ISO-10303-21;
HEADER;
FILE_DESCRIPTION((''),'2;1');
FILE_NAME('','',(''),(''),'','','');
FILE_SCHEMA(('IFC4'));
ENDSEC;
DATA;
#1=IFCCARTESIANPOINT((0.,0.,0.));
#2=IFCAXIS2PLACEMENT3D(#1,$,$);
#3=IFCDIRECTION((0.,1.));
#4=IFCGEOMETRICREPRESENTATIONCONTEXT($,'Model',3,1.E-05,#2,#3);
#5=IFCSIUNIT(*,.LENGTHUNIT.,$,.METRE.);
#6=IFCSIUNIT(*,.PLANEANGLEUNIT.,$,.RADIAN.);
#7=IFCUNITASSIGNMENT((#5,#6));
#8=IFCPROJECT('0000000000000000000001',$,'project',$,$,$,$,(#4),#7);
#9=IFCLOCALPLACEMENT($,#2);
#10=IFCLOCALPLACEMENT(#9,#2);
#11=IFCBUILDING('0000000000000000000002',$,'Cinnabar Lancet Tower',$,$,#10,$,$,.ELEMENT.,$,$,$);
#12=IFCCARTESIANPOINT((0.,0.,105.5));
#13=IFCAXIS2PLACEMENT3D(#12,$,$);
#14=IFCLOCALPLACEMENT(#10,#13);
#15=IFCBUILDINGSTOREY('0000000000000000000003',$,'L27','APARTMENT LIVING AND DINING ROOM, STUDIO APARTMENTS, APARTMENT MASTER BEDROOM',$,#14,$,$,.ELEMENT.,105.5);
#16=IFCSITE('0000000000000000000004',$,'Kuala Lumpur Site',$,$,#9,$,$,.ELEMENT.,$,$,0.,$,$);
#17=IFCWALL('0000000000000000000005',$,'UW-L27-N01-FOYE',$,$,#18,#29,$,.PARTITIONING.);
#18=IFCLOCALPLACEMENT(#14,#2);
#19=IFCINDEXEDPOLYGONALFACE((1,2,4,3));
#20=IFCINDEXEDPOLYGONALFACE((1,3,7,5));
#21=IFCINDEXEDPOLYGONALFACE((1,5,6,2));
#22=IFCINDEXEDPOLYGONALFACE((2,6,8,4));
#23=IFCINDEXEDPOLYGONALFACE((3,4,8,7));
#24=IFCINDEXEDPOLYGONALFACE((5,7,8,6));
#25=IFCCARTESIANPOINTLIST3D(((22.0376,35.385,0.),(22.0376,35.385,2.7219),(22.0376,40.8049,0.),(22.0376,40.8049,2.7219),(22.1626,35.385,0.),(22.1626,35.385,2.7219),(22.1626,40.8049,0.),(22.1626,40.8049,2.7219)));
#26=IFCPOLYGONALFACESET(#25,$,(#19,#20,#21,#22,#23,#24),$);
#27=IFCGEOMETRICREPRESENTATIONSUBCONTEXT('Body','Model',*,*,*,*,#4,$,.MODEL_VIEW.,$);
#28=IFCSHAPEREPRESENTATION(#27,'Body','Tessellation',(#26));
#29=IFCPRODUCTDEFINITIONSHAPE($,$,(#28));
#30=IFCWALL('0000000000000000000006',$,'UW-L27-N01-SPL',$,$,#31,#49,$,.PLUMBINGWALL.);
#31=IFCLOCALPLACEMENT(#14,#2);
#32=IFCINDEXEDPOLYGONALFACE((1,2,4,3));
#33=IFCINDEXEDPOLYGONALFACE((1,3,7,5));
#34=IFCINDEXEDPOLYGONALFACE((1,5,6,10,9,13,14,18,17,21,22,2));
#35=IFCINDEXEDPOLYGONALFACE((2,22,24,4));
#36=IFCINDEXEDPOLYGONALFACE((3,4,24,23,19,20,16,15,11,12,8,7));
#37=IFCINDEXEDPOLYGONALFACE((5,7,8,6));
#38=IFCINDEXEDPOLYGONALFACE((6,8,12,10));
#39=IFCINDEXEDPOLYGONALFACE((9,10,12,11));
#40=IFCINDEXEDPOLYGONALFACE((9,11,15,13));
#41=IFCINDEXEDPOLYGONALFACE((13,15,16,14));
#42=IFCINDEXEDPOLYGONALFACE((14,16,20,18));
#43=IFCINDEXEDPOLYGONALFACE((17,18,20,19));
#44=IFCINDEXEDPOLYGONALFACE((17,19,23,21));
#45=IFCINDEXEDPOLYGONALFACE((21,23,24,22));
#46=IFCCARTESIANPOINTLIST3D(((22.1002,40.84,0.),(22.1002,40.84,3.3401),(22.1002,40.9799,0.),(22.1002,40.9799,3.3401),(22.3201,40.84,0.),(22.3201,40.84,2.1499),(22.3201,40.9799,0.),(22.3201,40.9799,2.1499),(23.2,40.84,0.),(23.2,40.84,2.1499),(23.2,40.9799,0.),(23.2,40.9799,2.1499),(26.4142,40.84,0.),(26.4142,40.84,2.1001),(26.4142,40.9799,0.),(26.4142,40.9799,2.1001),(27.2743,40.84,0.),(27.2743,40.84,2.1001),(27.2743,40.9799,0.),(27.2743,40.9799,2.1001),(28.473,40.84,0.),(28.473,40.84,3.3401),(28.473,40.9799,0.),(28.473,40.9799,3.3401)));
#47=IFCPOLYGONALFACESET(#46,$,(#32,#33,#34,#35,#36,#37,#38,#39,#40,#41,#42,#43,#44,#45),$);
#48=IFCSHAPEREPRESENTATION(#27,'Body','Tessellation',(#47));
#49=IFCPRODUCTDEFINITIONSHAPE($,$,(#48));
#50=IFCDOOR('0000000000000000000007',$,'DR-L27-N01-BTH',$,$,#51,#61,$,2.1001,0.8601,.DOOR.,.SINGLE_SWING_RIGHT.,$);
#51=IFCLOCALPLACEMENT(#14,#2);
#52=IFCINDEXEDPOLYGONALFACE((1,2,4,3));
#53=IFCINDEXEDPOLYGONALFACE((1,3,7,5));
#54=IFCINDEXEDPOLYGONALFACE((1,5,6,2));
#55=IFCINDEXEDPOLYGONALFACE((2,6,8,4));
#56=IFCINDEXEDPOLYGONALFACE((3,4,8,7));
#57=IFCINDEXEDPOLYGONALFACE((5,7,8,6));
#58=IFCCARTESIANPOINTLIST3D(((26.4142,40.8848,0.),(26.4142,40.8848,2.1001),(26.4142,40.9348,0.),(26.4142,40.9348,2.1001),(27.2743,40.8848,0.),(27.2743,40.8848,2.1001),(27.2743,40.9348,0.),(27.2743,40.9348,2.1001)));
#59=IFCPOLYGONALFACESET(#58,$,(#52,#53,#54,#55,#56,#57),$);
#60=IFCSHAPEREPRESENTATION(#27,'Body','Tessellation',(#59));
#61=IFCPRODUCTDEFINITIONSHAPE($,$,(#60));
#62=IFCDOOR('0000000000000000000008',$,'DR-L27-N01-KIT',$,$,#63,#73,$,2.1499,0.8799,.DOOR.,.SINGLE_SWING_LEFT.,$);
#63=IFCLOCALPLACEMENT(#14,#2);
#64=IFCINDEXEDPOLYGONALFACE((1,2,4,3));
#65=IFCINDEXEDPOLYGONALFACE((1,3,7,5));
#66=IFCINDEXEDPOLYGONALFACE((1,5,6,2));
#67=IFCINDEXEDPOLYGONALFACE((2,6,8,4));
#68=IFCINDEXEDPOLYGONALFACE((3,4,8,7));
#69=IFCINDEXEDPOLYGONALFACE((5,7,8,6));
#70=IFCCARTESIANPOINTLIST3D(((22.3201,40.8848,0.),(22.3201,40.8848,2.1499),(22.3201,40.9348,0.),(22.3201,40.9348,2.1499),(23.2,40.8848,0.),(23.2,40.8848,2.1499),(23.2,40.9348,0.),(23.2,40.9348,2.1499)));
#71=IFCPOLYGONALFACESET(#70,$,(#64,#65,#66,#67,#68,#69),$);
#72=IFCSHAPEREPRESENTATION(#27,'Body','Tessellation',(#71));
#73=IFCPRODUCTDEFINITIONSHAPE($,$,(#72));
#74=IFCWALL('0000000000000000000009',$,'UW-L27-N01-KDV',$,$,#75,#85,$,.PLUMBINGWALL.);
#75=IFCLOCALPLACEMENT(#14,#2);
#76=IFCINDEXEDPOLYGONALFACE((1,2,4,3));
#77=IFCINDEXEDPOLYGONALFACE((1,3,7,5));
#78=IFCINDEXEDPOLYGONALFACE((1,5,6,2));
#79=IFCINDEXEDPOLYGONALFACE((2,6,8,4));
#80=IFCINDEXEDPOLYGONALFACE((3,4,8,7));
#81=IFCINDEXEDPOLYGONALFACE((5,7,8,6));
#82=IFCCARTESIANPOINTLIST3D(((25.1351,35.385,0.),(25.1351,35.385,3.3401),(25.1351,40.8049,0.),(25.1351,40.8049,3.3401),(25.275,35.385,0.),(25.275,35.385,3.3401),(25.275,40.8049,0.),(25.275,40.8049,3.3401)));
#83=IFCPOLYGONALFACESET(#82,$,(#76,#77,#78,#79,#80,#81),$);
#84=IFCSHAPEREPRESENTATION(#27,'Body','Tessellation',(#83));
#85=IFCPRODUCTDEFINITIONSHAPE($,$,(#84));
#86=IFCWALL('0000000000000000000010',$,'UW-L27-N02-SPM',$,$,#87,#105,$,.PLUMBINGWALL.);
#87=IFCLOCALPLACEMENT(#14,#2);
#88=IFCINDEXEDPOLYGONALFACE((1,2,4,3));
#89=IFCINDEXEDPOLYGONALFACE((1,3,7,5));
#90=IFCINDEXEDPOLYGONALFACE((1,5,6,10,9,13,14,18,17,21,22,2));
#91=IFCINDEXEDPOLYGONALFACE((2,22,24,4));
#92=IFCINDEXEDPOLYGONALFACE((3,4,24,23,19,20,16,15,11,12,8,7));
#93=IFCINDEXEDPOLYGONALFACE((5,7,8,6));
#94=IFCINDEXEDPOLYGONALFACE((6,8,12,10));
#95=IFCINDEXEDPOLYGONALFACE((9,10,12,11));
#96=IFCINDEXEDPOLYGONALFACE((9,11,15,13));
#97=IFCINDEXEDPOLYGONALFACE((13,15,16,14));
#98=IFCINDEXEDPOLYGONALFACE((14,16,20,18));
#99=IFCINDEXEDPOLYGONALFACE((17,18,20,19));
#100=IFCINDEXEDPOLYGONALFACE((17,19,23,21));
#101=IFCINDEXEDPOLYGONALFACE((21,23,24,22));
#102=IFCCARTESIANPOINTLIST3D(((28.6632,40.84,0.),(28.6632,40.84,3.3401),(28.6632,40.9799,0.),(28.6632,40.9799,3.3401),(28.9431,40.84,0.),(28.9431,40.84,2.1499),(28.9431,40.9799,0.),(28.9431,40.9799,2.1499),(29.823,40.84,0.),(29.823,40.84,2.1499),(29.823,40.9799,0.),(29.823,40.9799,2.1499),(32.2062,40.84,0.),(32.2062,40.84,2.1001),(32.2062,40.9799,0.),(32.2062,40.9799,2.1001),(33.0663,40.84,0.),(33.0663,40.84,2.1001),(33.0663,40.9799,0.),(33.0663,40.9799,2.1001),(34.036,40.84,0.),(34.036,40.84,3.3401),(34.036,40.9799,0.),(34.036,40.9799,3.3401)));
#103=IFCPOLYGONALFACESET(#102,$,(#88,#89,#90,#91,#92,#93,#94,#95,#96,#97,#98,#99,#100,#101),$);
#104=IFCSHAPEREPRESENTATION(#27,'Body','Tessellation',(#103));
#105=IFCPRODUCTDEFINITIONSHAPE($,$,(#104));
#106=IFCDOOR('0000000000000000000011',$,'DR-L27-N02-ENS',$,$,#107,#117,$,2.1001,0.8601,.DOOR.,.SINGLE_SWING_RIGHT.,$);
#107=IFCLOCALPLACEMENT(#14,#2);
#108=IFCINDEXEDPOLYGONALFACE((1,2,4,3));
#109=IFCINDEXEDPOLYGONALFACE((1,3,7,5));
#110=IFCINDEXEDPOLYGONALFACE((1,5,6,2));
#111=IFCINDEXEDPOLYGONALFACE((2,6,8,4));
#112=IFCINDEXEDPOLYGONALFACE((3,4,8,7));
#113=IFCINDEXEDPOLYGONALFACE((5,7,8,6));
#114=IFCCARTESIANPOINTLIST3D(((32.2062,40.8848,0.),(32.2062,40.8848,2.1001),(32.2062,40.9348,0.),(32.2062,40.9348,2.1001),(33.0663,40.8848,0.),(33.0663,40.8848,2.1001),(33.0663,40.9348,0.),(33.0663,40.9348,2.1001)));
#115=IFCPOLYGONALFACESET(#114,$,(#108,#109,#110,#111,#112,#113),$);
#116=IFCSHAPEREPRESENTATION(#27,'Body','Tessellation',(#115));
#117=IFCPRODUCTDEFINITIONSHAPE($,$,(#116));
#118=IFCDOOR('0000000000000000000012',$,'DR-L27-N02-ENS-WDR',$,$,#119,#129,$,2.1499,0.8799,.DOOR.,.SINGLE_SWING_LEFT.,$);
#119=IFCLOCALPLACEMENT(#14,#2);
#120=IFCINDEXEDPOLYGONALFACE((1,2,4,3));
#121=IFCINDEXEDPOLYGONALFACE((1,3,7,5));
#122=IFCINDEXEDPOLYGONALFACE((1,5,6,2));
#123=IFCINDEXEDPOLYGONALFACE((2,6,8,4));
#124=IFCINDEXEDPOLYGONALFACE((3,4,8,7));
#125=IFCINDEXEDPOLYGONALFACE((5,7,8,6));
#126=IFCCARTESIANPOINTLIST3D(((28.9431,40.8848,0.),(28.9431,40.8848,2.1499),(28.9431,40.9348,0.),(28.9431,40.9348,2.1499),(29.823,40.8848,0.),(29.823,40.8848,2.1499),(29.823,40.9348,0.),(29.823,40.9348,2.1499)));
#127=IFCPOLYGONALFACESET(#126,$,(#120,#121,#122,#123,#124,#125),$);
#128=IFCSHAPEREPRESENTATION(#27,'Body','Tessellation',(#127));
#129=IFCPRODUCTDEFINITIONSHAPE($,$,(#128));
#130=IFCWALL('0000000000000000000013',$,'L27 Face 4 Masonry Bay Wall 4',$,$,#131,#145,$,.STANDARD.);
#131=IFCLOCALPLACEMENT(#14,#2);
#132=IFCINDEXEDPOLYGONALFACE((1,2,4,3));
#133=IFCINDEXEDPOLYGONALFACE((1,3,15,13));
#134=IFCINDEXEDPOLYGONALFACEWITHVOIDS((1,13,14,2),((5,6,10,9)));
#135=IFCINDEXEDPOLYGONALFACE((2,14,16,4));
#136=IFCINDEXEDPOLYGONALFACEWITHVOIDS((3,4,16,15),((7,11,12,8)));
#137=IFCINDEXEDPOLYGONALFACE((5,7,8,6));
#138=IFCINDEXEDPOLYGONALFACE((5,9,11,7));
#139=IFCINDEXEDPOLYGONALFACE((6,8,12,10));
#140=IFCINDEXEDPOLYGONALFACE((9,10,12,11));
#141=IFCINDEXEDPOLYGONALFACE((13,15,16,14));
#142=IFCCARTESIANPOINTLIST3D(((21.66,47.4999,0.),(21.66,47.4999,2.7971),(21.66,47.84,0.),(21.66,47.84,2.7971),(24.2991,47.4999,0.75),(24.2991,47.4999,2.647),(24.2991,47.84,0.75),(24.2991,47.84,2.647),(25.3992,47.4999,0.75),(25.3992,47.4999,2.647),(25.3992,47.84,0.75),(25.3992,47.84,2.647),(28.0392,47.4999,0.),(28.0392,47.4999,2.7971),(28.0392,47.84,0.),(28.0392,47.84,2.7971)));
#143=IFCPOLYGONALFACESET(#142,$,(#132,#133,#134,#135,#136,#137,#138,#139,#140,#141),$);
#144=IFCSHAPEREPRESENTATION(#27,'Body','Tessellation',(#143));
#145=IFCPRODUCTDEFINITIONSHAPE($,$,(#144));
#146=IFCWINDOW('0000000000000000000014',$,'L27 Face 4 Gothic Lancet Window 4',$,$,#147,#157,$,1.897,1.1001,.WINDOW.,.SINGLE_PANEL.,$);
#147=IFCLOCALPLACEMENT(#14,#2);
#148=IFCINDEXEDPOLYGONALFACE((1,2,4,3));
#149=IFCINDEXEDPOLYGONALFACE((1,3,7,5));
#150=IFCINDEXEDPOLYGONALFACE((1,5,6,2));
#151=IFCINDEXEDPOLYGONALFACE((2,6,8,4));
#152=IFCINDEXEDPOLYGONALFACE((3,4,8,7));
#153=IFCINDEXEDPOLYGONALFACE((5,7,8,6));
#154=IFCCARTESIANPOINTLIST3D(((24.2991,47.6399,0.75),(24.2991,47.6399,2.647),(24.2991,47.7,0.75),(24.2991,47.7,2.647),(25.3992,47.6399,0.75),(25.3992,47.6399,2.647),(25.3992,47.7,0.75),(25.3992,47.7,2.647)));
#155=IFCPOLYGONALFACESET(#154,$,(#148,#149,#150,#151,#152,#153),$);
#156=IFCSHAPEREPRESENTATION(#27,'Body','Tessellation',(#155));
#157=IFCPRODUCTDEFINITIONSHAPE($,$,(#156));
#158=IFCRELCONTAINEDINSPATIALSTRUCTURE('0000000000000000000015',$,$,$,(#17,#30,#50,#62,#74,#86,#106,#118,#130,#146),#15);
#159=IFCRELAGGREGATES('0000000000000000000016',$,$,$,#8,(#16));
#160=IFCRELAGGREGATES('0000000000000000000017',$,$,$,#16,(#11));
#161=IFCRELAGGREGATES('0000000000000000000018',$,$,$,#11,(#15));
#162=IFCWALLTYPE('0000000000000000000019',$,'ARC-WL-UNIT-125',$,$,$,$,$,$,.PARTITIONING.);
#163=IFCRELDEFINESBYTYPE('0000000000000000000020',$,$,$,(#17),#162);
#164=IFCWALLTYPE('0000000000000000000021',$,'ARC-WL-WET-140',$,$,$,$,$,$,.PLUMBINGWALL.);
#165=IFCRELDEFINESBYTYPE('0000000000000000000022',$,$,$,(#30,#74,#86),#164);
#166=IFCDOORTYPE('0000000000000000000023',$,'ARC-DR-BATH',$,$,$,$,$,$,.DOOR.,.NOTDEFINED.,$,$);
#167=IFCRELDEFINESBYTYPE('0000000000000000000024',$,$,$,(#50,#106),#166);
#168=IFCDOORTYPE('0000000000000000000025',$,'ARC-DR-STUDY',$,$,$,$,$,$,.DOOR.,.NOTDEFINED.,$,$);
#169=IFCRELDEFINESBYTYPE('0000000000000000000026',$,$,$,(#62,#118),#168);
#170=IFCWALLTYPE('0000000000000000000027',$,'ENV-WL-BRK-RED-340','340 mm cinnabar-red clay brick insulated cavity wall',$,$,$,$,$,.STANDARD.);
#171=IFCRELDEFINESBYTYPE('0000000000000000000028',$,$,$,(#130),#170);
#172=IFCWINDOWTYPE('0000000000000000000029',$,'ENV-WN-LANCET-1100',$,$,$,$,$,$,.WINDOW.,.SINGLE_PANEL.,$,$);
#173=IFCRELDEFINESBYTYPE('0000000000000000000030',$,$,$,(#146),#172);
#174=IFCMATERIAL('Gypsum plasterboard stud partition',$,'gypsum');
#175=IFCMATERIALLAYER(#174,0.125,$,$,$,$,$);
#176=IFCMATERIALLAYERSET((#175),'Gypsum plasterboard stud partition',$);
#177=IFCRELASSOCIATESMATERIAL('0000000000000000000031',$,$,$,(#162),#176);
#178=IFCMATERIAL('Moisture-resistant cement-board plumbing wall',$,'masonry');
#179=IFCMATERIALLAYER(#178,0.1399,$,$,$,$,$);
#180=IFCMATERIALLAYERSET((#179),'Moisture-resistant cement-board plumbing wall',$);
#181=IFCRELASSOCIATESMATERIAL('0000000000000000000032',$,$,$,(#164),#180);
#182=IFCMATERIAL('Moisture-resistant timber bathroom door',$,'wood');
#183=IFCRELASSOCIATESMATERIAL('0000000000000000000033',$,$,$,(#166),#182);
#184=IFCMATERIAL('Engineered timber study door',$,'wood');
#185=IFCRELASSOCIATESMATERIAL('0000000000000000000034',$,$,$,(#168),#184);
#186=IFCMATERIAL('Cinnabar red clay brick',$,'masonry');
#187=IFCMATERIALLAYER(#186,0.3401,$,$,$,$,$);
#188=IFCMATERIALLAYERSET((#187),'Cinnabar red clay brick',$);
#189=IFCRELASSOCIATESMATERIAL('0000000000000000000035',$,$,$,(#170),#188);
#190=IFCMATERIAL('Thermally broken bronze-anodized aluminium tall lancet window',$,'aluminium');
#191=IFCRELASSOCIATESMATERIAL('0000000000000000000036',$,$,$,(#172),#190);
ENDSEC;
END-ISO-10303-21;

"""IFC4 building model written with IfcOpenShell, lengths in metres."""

from ifc_helpers import new_model, si_unit, direction, frame, frame_2d, origin, place, context, subcontext, project, spatial, rectangle, extrude, material, layer, layer_set, type_object, element, fill, save


model = new_model("IFC4")

# Units and contexts
model_context = context("Model", 3, precision=1e-05, world=origin(), true_north=direction((0.0, 1.0)))
body_context = subcontext(model_context, "Body", "Model", "MODEL_VIEW")
ifc_project = project(units=[si_unit("LENGTHUNIT", "METRE"), si_unit("PLANEANGLEUNIT", "RADIAN")], contexts=[model_context])

# Site, building, storey
site_placement = place(None, origin())
site = spatial("IfcSite", under=ifc_project, at=site_placement, Name="Kuala Lumpur Site", CompositionType="ELEMENT", RefElevation=0.0)
building_placement = place(site_placement, origin())
building = spatial("IfcBuilding", under=site, at=building_placement, Name="Cinnabar Lancet Tower", CompositionType="ELEMENT")
storey_placement = place(building_placement, frame((0.0, 0.0, 105.5)))
storey = spatial("IfcBuildingStorey", under=building, at=storey_placement, Name="L27", Description="APARTMENT LIVING AND DINING ROOM, STUDIO APARTMENTS, APARTMENT MASTER BEDROOM", CompositionType="ELEMENT", Elevation=105.5)

# Wall
ifc_material_1 = material(Name="Gypsum plasterboard stud partition", Category="gypsum")
ifc_layer_1 = layer(ifc_material_1, 0.125)
ifc_layer_set_1 = layer_set([ifc_layer_1], Name="Gypsum plasterboard stud partition")
wall_type_1 = type_object("IfcWallType", Name="ARC-WL-UNIT-125", PredefinedType="PARTITIONING", material=ifc_layer_set_1)
wall_1_placement = place(storey_placement, frame((22.1001, 35.385, 0.0), z_axis=(0.0, 0.0, 1.0), x_axis=(0.0, 1.0, 0.0)))
element("IfcWall", 1, at=wall_1_placement, inside=storey, type_object=wall_type_1, Name="UW-L27-N01-FOYE", PredefinedType="PARTITIONING", context=body_context, shape_type="SweptSolid", body=[
    extrude(rectangle(XDim=5.4199, YDim=0.125, at=frame_2d((2.71, 0.0))), origin(), (0.0, 0.0, 1.0), 2.7219),
])

# Wall, openings, doors
ifc_material_2 = material(Name="Moisture-resistant cement-board plumbing wall", Category="masonry")
ifc_layer_2 = layer(ifc_material_2, 0.1399)
ifc_layer_set_2 = layer_set([ifc_layer_2], Name="Moisture-resistant cement-board plumbing wall")
wall_type_2 = type_object("IfcWallType", Name="ARC-WL-WET-140", PredefinedType="PLUMBINGWALL", material=ifc_layer_set_2)
wall_2_placement = place(storey_placement, frame((22.1001, 40.9099, 0.0), z_axis=(0.0, 0.0, 1.0), x_axis=(1.0, 0.0, 0.0)))
wall_2 = element("IfcWall", 2, at=wall_2_placement, inside=storey, type_object=wall_type_2, Name="UW-L27-N01-SPL", PredefinedType="PLUMBINGWALL", context=body_context, shape_type="SweptSolid", body=[
    extrude(rectangle(XDim=6.3728, YDim=0.1399, at=frame_2d((3.1865, 0.0))), origin(), (0.0, 0.0, 1.0), 3.3401),
])
opening_1_placement = place(wall_2_placement, frame((4.314, 0.0, 0.0)))
opening_1 = element("IfcOpeningElement", 3, at=opening_1_placement, cuts=wall_2, PredefinedType="OPENING", context=body_context, shape_type="SweptSolid", body=[
    extrude(rectangle(XDim=0.8601, YDim=2.1001, at=frame_2d((0.4302, 1.05))), frame((0.0, 0.0798, 0.0), z_axis=(0.0, -1.0, 0.0), x_axis=(1.0, 0.0, 0.0)), (0.0, 0.0, 1.0), 0.1599),
])
opening_2_placement = place(wall_2_placement, frame((0.22, 0.0, 0.0)))
opening_2 = element("IfcOpeningElement", 4, at=opening_2_placement, cuts=wall_2, PredefinedType="OPENING", context=body_context, shape_type="SweptSolid", body=[
    extrude(rectangle(XDim=0.8799, YDim=2.1499, at=frame_2d((0.4399, 1.075))), frame((0.0, 0.0798, 0.0), z_axis=(0.0, -1.0, 0.0), x_axis=(1.0, 0.0, 0.0)), (0.0, 0.0, 1.0), 0.1599),
])
ifc_material_3 = material(Name="Moisture-resistant timber bathroom door", Category="wood")
door_type_1 = type_object("IfcDoorType", Name="ARC-DR-BATH", OperationType="NOTDEFINED", PredefinedType="DOOR", material=ifc_material_3)
door_1_placement = place(opening_1_placement, origin())
door_1 = element("IfcDoor", 5, at=door_1_placement, inside=storey, type_object=door_type_1, Name="DR-L27-N01-BTH", OperationType="SINGLE_SWING_RIGHT", OverallHeight=2.1001, OverallWidth=0.8601, PredefinedType="DOOR", context=body_context, shape_type="SweptSolid", body=[
    extrude(rectangle(XDim=0.8601, YDim=2.1001, at=frame_2d((0.4302, 1.05))), frame((0.0, 0.0249, 0.0), z_axis=(0.0, -1.0, 0.0), x_axis=(1.0, 0.0, 0.0)), (0.0, 0.0, 1.0), 0.05),
])
fill(opening_1, door_1)
ifc_material_4 = material(Name="Engineered timber study door", Category="wood")
door_type_2 = type_object("IfcDoorType", Name="ARC-DR-STUDY", OperationType="NOTDEFINED", PredefinedType="DOOR", material=ifc_material_4)
door_2_placement = place(opening_2_placement, origin())
door_2 = element("IfcDoor", 6, at=door_2_placement, inside=storey, type_object=door_type_2, Name="DR-L27-N01-KIT", OperationType="SINGLE_SWING_LEFT", OverallHeight=2.1499, OverallWidth=0.8799, PredefinedType="DOOR", context=body_context, shape_type="SweptSolid", body=[
    extrude(rectangle(XDim=0.8799, YDim=2.1499, at=frame_2d((0.4399, 1.075))), frame((0.0, 0.0249, 0.0), z_axis=(0.0, -1.0, 0.0), x_axis=(1.0, 0.0, 0.0)), (0.0, 0.0, 1.0), 0.05),
])
fill(opening_2, door_2)

# Wall
wall_3_placement = place(storey_placement, frame((25.2051, 35.385, 0.0), z_axis=(0.0, 0.0, 1.0), x_axis=(0.0, 1.0, 0.0)))
element("IfcWall", 7, at=wall_3_placement, inside=storey, type_object=wall_type_2, Name="UW-L27-N01-KDV", PredefinedType="PLUMBINGWALL", context=body_context, shape_type="SweptSolid", body=[
    extrude(rectangle(XDim=5.4199, YDim=0.1399, at=frame_2d((2.71, 0.0))), origin(), (0.0, 0.0, 1.0), 3.3401),
])

# Wall, openings, doors
wall_4_placement = place(storey_placement, frame((28.6631, 40.9099, 0.0), z_axis=(0.0, 0.0, 1.0), x_axis=(1.0, 0.0, 0.0)))
wall_4 = element("IfcWall", 8, at=wall_4_placement, inside=storey, type_object=wall_type_2, Name="UW-L27-N02-SPM", PredefinedType="PLUMBINGWALL", context=body_context, shape_type="SweptSolid", body=[
    extrude(rectangle(XDim=5.3728, YDim=0.1399, at=frame_2d((2.6865, 0.0))), origin(), (0.0, 0.0, 1.0), 3.3401),
])
opening_3_placement = place(wall_4_placement, frame((0.28, 0.0, 0.0)))
opening_3 = element("IfcOpeningElement", 9, at=opening_3_placement, cuts=wall_4, PredefinedType="OPENING", context=body_context, shape_type="SweptSolid", body=[
    extrude(rectangle(XDim=0.8799, YDim=2.1499, at=frame_2d((0.4399, 1.075))), frame((0.0, 0.0798, 0.0), z_axis=(0.0, -1.0, 0.0), x_axis=(1.0, 0.0, 0.0)), (0.0, 0.0, 1.0), 0.1599),
])
opening_4_placement = place(wall_4_placement, frame((3.543, 0.0, 0.0)))
opening_4 = element("IfcOpeningElement", 10, at=opening_4_placement, cuts=wall_4, PredefinedType="OPENING", context=body_context, shape_type="SweptSolid", body=[
    extrude(rectangle(XDim=0.8601, YDim=2.1001, at=frame_2d((0.4302, 1.05))), frame((0.0, 0.0798, 0.0), z_axis=(0.0, -1.0, 0.0), x_axis=(1.0, 0.0, 0.0)), (0.0, 0.0, 1.0), 0.1599),
])
door_3_placement = place(opening_4_placement, origin())
door_3 = element("IfcDoor", 11, at=door_3_placement, inside=storey, type_object=door_type_1, Name="DR-L27-N02-ENS", OperationType="SINGLE_SWING_RIGHT", OverallHeight=2.1001, OverallWidth=0.8601, PredefinedType="DOOR", context=body_context, shape_type="SweptSolid", body=[
    extrude(rectangle(XDim=0.8601, YDim=2.1001, at=frame_2d((0.4302, 1.05))), frame((0.0, 0.0249, 0.0), z_axis=(0.0, -1.0, 0.0), x_axis=(1.0, 0.0, 0.0)), (0.0, 0.0, 1.0), 0.05),
])
fill(opening_4, door_3)
door_4_placement = place(opening_3_placement, origin())
door_4 = element("IfcDoor", 12, at=door_4_placement, inside=storey, type_object=door_type_2, Name="DR-L27-N02-ENS-WDR", OperationType="SINGLE_SWING_LEFT", OverallHeight=2.1499, OverallWidth=0.8799, PredefinedType="DOOR", context=body_context, shape_type="SweptSolid", body=[
    extrude(rectangle(XDim=0.8799, YDim=2.1499, at=frame_2d((0.4399, 1.075))), frame((0.0, 0.0249, 0.0), z_axis=(0.0, -1.0, 0.0), x_axis=(1.0, 0.0, 0.0)), (0.0, 0.0, 1.0), 0.05),
])
fill(opening_3, door_4)

# Wall, opening, window
ifc_material_5 = material(Name="Cinnabar red clay brick", Category="masonry")
ifc_layer_3 = layer(ifc_material_5, 0.3401)
ifc_layer_set_3 = layer_set([ifc_layer_3], Name="Cinnabar red clay brick")
wall_type_3 = type_object("IfcWallType", Name="ENV-WL-BRK-RED-340", Description="340 mm cinnabar-red clay brick insulated cavity wall", PredefinedType="STANDARD", material=ifc_layer_set_3)
wall_5_placement = place(storey_placement, frame((28.0391, 47.6699, 0.0), z_axis=(0.0, 0.0, 1.0), x_axis=(-1.0, 0.0, 0.0)))
wall_5 = element("IfcWall", 13, at=wall_5_placement, inside=storey, type_object=wall_type_3, Name="L27 Face 4 Masonry Bay Wall 4", PredefinedType="STANDARD", context=body_context, shape_type="SweptSolid", body=[
    extrude(rectangle(XDim=6.3792, YDim=0.3401, at=frame_2d((3.1895, 0.0))), origin(), (0.0, 0.0, 1.0), 2.7971),
])
opening_5_placement = place(wall_5_placement, frame((2.6399, 0.0, 0.75)))
opening_5 = element("IfcOpeningElement", 14, at=opening_5_placement, cuts=wall_5, PredefinedType="OPENING", context=body_context, shape_type="SweptSolid", body=[
    extrude(rectangle(XDim=1.1001, YDim=1.897, at=frame_2d((0.55, 0.9485))), frame((0.0, 0.1799, 0.0), z_axis=(0.0, -1.0, 0.0), x_axis=(1.0, 0.0, 0.0)), (0.0, 0.0, 1.0), 0.3601),
])
ifc_material_6 = material(Name="Thermally broken bronze-anodized aluminium tall lancet window", Category="aluminium")
window_type = type_object("IfcWindowType", Name="ENV-WN-LANCET-1100", PartitioningType="SINGLE_PANEL", PredefinedType="WINDOW", material=ifc_material_6)
window_placement = place(opening_5_placement, origin())
window = element("IfcWindow", 15, at=window_placement, inside=storey, type_object=window_type, Name="L27 Face 4 Gothic Lancet Window 4", OverallHeight=1.897, OverallWidth=1.1001, PartitioningType="SINGLE_PANEL", PredefinedType="WINDOW", context=body_context, shape_type="SweptSolid", body=[
    extrude(rectangle(XDim=1.1001, YDim=1.897, at=frame_2d((0.55, 0.9485))), frame((0.0, 0.03, 0.0), z_axis=(0.0, -1.0, 0.0), x_axis=(1.0, 0.0, 0.0)), (0.0, 0.0, 1.0), 0.0601),
])
fill(opening_5, window)

save(model, "model.ifc")
